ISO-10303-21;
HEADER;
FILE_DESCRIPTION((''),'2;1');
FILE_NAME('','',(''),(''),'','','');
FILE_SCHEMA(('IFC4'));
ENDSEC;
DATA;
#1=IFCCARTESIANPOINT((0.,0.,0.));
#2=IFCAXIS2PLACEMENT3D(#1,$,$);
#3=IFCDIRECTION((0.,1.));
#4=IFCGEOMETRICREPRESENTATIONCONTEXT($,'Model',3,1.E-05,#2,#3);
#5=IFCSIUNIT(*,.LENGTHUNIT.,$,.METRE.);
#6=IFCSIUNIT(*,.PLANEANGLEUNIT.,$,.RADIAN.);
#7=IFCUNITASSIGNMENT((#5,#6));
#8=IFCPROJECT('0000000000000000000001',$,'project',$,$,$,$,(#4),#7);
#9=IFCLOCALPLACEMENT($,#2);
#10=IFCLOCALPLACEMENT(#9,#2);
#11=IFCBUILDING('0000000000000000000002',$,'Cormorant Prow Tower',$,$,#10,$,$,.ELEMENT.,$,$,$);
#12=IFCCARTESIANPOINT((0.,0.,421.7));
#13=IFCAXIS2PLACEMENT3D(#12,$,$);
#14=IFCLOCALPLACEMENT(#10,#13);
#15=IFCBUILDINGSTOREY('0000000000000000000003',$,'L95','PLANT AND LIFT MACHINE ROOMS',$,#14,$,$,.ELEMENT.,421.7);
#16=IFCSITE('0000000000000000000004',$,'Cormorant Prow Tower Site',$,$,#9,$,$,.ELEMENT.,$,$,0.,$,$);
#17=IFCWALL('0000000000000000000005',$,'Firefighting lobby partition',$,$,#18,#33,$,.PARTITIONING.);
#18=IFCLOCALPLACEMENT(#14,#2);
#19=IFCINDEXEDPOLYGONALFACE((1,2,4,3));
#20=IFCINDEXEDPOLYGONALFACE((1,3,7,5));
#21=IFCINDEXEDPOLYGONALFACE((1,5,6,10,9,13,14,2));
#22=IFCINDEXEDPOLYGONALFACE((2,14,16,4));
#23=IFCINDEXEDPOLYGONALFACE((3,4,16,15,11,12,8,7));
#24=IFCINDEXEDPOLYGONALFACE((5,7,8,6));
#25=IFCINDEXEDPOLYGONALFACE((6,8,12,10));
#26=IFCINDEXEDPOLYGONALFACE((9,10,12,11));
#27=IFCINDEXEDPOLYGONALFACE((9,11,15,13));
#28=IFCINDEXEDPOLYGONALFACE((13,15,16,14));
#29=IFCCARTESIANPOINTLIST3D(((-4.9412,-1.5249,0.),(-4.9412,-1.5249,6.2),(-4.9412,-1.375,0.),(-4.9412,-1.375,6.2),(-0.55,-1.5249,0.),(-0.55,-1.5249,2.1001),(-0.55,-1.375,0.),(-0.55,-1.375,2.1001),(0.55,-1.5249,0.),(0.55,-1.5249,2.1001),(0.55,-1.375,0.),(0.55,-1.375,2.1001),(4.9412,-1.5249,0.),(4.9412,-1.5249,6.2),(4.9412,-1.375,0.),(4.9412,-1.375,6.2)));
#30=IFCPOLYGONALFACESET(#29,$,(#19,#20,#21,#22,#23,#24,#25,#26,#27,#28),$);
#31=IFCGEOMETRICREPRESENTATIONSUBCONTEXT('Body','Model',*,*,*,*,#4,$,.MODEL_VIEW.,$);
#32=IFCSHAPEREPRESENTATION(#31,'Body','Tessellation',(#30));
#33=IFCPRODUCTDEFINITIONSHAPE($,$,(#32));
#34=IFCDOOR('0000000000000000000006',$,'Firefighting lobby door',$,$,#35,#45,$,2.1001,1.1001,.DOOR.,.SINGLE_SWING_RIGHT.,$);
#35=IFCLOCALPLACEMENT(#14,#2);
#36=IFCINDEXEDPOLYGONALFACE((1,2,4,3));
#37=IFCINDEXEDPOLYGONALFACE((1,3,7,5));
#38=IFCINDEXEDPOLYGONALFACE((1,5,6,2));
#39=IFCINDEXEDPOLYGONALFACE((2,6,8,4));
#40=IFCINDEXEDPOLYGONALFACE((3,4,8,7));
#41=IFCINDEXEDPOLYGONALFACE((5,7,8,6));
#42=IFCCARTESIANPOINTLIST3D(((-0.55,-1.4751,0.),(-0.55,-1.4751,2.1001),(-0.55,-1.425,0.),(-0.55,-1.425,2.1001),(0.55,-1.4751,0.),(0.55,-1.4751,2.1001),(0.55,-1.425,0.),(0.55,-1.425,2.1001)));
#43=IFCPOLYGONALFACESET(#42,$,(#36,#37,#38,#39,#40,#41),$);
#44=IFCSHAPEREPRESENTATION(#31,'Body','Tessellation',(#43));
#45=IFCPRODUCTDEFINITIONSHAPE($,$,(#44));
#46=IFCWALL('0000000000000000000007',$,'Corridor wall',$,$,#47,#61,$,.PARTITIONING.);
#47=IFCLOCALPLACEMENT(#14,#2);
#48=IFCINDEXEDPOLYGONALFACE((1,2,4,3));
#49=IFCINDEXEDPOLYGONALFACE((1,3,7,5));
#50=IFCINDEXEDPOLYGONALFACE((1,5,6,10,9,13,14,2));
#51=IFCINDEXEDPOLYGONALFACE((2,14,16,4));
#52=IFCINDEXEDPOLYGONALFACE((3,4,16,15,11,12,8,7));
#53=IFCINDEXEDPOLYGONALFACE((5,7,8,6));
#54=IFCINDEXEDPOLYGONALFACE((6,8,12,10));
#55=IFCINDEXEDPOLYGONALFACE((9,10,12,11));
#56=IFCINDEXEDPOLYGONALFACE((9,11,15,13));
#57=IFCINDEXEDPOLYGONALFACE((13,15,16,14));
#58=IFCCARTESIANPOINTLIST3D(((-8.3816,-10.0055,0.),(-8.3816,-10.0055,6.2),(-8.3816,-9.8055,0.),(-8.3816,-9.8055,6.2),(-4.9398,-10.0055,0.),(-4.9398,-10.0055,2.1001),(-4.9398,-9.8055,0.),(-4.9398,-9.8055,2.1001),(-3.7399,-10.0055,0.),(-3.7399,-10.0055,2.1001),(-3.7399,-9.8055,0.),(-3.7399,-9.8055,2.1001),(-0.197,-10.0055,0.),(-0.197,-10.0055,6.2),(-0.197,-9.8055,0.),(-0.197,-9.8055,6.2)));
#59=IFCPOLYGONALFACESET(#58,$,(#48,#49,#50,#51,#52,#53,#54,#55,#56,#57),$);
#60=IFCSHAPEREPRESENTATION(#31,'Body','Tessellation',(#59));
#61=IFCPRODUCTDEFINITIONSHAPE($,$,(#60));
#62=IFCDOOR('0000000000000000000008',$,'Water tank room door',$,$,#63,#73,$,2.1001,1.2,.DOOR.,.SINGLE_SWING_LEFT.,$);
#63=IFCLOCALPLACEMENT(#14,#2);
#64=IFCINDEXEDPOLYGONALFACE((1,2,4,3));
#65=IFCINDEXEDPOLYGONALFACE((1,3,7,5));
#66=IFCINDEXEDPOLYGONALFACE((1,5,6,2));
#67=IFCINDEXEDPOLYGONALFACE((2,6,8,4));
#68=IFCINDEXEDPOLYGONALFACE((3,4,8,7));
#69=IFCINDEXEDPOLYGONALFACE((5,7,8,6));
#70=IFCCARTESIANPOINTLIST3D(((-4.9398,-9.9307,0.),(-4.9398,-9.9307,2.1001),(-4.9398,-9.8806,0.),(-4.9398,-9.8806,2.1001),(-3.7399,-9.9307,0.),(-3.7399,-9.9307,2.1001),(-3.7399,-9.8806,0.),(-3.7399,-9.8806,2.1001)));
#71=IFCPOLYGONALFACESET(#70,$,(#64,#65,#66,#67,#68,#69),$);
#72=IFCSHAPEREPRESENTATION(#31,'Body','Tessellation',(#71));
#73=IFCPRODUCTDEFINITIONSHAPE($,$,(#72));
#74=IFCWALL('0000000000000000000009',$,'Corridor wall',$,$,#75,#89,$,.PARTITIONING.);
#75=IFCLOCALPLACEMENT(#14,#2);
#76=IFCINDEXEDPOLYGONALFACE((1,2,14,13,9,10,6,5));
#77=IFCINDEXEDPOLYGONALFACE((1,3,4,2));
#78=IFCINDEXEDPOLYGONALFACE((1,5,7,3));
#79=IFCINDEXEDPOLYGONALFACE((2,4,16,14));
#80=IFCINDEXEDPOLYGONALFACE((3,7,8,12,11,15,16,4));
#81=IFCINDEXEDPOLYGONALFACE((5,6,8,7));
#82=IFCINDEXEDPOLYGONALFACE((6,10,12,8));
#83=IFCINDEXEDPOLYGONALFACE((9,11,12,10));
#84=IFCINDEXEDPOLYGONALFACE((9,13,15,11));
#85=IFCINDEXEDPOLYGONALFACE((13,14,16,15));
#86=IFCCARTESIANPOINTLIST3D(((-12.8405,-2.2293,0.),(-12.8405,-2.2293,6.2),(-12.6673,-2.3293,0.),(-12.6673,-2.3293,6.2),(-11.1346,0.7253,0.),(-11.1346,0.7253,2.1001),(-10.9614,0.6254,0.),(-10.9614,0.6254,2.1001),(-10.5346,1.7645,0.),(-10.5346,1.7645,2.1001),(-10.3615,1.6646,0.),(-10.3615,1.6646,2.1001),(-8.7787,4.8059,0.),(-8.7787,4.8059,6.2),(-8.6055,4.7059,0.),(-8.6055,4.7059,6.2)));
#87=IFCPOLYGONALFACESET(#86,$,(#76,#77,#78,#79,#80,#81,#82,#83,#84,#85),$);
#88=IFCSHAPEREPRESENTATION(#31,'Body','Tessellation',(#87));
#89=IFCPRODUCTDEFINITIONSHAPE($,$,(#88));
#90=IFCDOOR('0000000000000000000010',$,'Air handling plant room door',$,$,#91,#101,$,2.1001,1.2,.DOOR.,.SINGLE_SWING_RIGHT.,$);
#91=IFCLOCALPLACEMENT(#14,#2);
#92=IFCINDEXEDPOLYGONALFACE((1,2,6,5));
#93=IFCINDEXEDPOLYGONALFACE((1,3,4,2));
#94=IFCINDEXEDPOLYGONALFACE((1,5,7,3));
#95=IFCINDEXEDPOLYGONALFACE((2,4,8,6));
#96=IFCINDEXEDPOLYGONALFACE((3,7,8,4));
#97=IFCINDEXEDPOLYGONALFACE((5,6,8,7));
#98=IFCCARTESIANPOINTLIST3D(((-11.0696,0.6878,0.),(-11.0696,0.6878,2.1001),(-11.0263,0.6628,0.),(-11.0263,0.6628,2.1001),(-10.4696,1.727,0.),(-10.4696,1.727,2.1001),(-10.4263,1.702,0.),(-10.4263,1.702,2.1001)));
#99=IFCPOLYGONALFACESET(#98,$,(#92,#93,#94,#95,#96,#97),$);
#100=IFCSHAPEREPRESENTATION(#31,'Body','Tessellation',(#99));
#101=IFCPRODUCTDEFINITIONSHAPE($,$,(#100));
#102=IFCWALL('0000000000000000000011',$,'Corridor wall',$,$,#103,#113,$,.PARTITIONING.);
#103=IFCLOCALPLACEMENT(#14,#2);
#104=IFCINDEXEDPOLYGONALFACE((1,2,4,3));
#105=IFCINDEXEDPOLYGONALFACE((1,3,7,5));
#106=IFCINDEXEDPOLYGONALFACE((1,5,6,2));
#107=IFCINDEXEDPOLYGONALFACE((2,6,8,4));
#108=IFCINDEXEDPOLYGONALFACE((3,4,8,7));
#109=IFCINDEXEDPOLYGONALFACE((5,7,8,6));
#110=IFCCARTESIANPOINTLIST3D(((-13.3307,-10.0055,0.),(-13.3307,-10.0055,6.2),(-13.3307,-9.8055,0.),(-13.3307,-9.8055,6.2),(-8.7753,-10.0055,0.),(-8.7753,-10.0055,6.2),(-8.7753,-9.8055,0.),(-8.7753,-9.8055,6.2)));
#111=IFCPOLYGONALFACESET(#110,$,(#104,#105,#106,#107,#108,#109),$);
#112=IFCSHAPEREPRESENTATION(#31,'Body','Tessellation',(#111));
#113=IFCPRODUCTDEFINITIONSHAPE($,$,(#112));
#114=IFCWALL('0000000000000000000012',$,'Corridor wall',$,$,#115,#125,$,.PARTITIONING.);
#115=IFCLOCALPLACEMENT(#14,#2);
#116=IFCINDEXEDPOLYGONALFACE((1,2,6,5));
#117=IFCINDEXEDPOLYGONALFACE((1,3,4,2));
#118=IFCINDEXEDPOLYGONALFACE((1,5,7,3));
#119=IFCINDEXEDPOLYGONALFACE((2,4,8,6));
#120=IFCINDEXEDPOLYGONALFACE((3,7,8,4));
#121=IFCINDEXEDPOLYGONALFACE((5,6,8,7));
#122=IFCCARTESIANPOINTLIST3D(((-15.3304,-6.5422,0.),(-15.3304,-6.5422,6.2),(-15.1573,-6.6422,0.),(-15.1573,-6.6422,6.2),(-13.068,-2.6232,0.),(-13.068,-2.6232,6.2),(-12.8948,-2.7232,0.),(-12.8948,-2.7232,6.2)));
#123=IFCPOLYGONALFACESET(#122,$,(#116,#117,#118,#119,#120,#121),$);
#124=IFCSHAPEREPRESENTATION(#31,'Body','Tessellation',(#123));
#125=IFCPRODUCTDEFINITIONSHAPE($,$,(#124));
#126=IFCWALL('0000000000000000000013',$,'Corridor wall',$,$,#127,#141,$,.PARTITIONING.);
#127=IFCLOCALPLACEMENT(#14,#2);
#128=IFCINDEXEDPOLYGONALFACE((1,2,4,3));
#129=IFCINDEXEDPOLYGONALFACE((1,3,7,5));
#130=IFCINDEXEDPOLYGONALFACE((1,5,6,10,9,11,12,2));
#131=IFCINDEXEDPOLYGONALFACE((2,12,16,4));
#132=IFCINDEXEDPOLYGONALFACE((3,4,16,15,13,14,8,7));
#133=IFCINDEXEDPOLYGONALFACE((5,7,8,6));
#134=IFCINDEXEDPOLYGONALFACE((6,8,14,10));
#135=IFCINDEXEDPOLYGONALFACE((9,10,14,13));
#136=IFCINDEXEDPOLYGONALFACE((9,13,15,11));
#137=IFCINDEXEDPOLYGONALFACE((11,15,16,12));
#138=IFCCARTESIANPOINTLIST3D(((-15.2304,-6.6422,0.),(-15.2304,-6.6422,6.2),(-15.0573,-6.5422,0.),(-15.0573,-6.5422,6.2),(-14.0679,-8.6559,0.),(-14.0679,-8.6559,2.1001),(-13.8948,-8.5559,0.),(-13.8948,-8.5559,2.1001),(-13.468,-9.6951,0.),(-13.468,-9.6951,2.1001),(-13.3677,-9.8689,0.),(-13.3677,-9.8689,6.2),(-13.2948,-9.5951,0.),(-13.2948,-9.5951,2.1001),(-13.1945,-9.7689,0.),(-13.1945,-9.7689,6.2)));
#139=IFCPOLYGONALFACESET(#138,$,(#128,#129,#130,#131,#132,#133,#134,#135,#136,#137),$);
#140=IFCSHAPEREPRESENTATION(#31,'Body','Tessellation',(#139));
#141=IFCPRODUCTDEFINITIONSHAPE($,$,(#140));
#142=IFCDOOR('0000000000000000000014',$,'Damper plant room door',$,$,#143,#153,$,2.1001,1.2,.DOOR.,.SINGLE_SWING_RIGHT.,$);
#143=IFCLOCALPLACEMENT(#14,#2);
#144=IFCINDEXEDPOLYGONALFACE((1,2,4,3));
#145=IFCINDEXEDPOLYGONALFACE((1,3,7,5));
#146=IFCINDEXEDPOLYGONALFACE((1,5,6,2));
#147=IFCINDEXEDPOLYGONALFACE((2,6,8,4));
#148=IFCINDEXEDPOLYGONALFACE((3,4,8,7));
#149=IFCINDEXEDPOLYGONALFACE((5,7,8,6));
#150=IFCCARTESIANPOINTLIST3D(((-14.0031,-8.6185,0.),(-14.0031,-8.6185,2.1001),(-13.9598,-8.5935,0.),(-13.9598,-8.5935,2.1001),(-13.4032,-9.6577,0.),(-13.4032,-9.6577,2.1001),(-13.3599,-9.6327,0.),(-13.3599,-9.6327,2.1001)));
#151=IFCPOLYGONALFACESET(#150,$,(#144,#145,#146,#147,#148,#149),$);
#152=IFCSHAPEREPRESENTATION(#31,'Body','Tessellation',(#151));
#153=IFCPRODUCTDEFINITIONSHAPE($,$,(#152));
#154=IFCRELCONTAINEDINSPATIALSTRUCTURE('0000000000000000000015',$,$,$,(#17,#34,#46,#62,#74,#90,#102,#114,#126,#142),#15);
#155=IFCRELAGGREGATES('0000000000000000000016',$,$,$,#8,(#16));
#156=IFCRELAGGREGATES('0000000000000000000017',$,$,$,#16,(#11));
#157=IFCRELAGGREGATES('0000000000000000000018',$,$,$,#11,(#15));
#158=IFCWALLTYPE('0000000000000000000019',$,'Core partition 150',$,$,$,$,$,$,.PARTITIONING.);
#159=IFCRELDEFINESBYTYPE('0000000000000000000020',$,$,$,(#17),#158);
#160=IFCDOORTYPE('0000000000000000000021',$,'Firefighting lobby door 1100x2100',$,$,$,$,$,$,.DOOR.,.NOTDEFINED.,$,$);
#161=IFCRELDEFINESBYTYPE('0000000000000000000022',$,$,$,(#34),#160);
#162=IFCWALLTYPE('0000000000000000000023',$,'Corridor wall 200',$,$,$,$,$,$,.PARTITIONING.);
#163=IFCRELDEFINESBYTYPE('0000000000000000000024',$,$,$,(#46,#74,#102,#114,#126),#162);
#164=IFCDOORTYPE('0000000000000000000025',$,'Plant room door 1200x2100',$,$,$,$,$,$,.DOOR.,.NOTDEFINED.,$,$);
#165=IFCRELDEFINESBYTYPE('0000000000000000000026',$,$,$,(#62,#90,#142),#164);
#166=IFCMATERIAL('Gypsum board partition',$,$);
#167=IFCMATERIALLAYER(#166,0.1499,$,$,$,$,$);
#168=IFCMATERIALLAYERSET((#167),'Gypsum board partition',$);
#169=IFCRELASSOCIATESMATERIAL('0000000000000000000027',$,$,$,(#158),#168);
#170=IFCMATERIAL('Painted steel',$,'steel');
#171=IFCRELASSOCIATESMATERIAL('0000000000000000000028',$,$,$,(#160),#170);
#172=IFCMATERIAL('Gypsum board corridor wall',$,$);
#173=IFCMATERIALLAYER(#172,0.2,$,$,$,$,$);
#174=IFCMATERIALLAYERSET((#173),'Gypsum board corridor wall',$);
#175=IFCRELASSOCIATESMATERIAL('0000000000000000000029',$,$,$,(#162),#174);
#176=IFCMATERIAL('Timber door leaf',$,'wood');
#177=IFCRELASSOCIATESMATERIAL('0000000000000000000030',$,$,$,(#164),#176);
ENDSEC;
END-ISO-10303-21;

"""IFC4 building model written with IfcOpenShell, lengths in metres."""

from ifc_helpers import new_model, si_unit, direction, frame, frame_2d, origin, place, context, subcontext, project, spatial, rectangle, extrude, material, layer, layer_set, type_object, element, fill, save


model = new_model("IFC4")

# Units and contexts
model_context = context("Model", 3, precision=1e-05, world=origin(), true_north=direction((0.0, 1.0)))
body_context = subcontext(model_context, "Body", "Model", "MODEL_VIEW")
ifc_project = project(units=[si_unit("LENGTHUNIT", "METRE"), si_unit("PLANEANGLEUNIT", "RADIAN")], contexts=[model_context])

# Site, building, storey
site_placement = place(None, origin())
site = spatial("IfcSite", under=ifc_project, at=site_placement, Name="Cormorant Prow Tower Site", CompositionType="ELEMENT", RefElevation=0.0)
building_placement = place(site_placement, origin())
building = spatial("IfcBuilding", under=site, at=building_placement, Name="Cormorant Prow Tower", CompositionType="ELEMENT")
storey_placement = place(building_placement, frame((0.0, 0.0, 421.7)))
storey = spatial("IfcBuildingStorey", under=building, at=storey_placement, Name="L95", Description="PLANT AND LIFT MACHINE ROOMS", CompositionType="ELEMENT", Elevation=421.7)

# Walls, openings, doors
ifc_material_1 = material(Name="Gypsum board partition")
ifc_layer_1 = layer(ifc_material_1, 0.1499)
ifc_layer_set_1 = layer_set([ifc_layer_1], Name="Gypsum board partition")
wall_type_1 = type_object("IfcWallType", Name="Core partition 150", PredefinedType="PARTITIONING", material=ifc_layer_set_1)
wall_1_placement = place(storey_placement, frame((-4.9412, -1.45, 0.0), z_axis=(0.0, 0.0, 1.0), x_axis=(1.0, 0.0, 0.0)))
wall_1 = element("IfcWall", 1, at=wall_1_placement, inside=storey, type_object=wall_type_1, Name="Firefighting lobby partition", PredefinedType="PARTITIONING", context=body_context, shape_type="SweptSolid", body=[
    extrude(rectangle(XDim=9.8823, YDim=0.1499, at=frame_2d((4.9412, 0.0))), origin(), (0.0, 0.0, 1.0), 6.2),
])
opening_1_placement = place(wall_1_placement, frame((4.3911, 0.0, 0.0)))
opening_1 = element("IfcOpeningElement", 2, at=opening_1_placement, cuts=wall_1, PredefinedType="OPENING", context=body_context, shape_type="SweptSolid", body=[
    extrude(rectangle(XDim=1.1001, YDim=2.1001, at=frame_2d((0.55, 1.05))), frame((0.0, 0.085, 0.0), z_axis=(0.0, -1.0, 0.0), x_axis=(1.0, 0.0, 0.0)), (0.0, 0.0, 1.0), 0.1699),
])
ifc_material_2 = material(Name="Painted steel", Category="steel")
door_type_1 = type_object("IfcDoorType", Name="Firefighting lobby door 1100x2100", OperationType="NOTDEFINED", PredefinedType="DOOR", material=ifc_material_2)
door_1_placement = place(opening_1_placement, origin())
door_1 = element("IfcDoor", 3, at=door_1_placement, inside=storey, type_object=door_type_1, Name="Firefighting lobby door", OperationType="SINGLE_SWING_RIGHT", OverallHeight=2.1001, OverallWidth=1.1001, PredefinedType="DOOR", context=body_context, shape_type="SweptSolid", body=[
    extrude(rectangle(XDim=1.1001, YDim=2.1001, at=frame_2d((0.55, 1.05))), frame((0.0, 0.0249, 0.0), z_axis=(0.0, -1.0, 0.0), x_axis=(1.0, 0.0, 0.0)), (0.0, 0.0, 1.0), 0.05),
])
fill(opening_1, door_1)
ifc_material_3 = material(Name="Gypsum board corridor wall")
ifc_layer_2 = layer(ifc_material_3, 0.2)
ifc_layer_set_2 = layer_set([ifc_layer_2], Name="Gypsum board corridor wall")
wall_type_2 = type_object("IfcWallType", Name="Corridor wall 200", PredefinedType="PARTITIONING", material=ifc_layer_set_2)
wall_2_placement = place(storey_placement, frame((-8.3816, -9.9055, 0.0), z_axis=(0.0, 0.0, 1.0), x_axis=(1.0, 0.0, 0.0)))
wall_2 = element("IfcWall", 4, at=wall_2_placement, inside=storey, type_object=wall_type_2, Name="Corridor wall", PredefinedType="PARTITIONING", context=body_context, shape_type="SweptSolid", body=[
    extrude(rectangle(XDim=8.1846, YDim=0.2, at=frame_2d((4.0923, 0.0))), origin(), (0.0, 0.0, 1.0), 6.2),
])
opening_2_placement = place(wall_2_placement, frame((3.4417, 0.0, 0.0)))
opening_2 = element("IfcOpeningElement", 5, at=opening_2_placement, cuts=wall_2, PredefinedType="OPENING", context=body_context, shape_type="SweptSolid", body=[
    extrude(rectangle(XDim=1.2, YDim=2.1001, at=frame_2d((0.6001, 1.05))), frame((0.0, 0.1099, 0.0), z_axis=(0.0, -1.0, 0.0), x_axis=(1.0, 0.0, 0.0)), (0.0, 0.0, 1.0), 0.22),
])
ifc_material_4 = material(Name="Timber door leaf", Category="wood")
door_type_2 = type_object("IfcDoorType", Name="Plant room door 1200x2100", OperationType="NOTDEFINED", PredefinedType="DOOR", material=ifc_material_4)
door_2_placement = place(opening_2_placement, origin())
door_2 = element("IfcDoor", 6, at=door_2_placement, inside=storey, type_object=door_type_2, Name="Water tank room door", OperationType="SINGLE_SWING_LEFT", OverallHeight=2.1001, OverallWidth=1.2, PredefinedType="DOOR", context=body_context, shape_type="SweptSolid", body=[
    extrude(rectangle(XDim=1.2, YDim=2.1001, at=frame_2d((0.6001, 1.05))), frame((0.0, 0.0249, 0.0), z_axis=(0.0, -1.0, 0.0), x_axis=(1.0, 0.0, 0.0)), (0.0, 0.0, 1.0), 0.05),
])
fill(opening_2, door_2)
wall_3_placement = place(storey_placement, frame((-12.7539, -2.2793, 0.0), z_axis=(0.0, 0.0, 1.0), x_axis=(0.500002, 0.866024, 0.0)))
wall_3 = element("IfcWall", 7, at=wall_3_placement, inside=storey, type_object=wall_type_2, Name="Corridor wall", PredefinedType="PARTITIONING", context=body_context, shape_type="SweptSolid", body=[
    extrude(rectangle(XDim=8.1235, YDim=0.2, at=frame_2d((4.0618, 0.0))), origin(), (0.0, 0.0, 1.0), 6.2),
])
opening_3_placement = place(wall_3_placement, frame((3.4116, 0.0, 0.0)))
opening_3 = element("IfcOpeningElement", 8, at=opening_3_placement, cuts=wall_3, PredefinedType="OPENING", context=body_context, shape_type="SweptSolid", body=[
    extrude(rectangle(XDim=1.2, YDim=2.1001, at=frame_2d((0.6001, 1.05))), frame((0.0, 0.1099, 0.0), z_axis=(0.0, -1.0, 0.0), x_axis=(1.0, 0.0, 0.0)), (0.0, 0.0, 1.0), 0.22),
])
door_3_placement = place(opening_3_placement, origin())
door_3 = element("IfcDoor", 9, at=door_3_placement, inside=storey, type_object=door_type_2, Name="Air handling plant room door", OperationType="SINGLE_SWING_RIGHT", OverallHeight=2.1001, OverallWidth=1.2, PredefinedType="DOOR", context=body_context, shape_type="SweptSolid", body=[
    extrude(rectangle(XDim=1.2, YDim=2.1001, at=frame_2d((0.6001, 1.05))), frame((0.0, 0.0249, 0.0), z_axis=(0.0, -1.0, 0.0), x_axis=(1.0, 0.0, 0.0)), (0.0, 0.0, 1.0), 0.05),
])
fill(opening_3, door_3)

# Walls
wall_4_placement = place(storey_placement, frame((-13.3308, -9.9055, 0.0), z_axis=(0.0, 0.0, 1.0), x_axis=(1.0, 0.0, 0.0)))
element("IfcWall", 10, at=wall_4_placement, inside=storey, type_object=wall_type_2, Name="Corridor wall", PredefinedType="PARTITIONING", context=body_context, shape_type="SweptSolid", body=[
    extrude(rectangle(XDim=4.5554, YDim=0.2, at=frame_2d((2.2778, 0.0))), origin(), (0.0, 0.0, 1.0), 6.2),
])
wall_5_placement = place(storey_placement, frame((-15.2439, -6.5923, 0.0), z_axis=(0.0, 0.0, 1.0), x_axis=(0.499975, 0.86604, 0.0)))
element("IfcWall", 11, at=wall_5_placement, inside=storey, type_object=wall_type_2, Name="Corridor wall", PredefinedType="PARTITIONING", context=body_context, shape_type="SweptSolid", body=[
    extrude(rectangle(XDim=4.5251, YDim=0.2, at=frame_2d((2.2627, 0.0))), origin(), (0.0, 0.0, 1.0), 6.2),
])

# Wall, opening, door
wall_6_placement = place(storey_placement, frame((-15.1438, -6.5923, 0.0), z_axis=(0.0, 0.0, 1.0), x_axis=(0.499959, -0.866049, 0.0)))
wall_6 = element("IfcWall", 12, at=wall_6_placement, inside=storey, type_object=wall_type_2, Name="Corridor wall", PredefinedType="PARTITIONING", context=body_context, shape_type="SweptSolid", body=[
    extrude(rectangle(XDim=3.7258, YDim=0.2, at=frame_2d((1.8628, 0.0))), origin(), (0.0, 0.0, 1.0), 6.2),
])
opening_4_placement = place(wall_6_placement, frame((2.325, 0.0, 0.0)))
opening_4 = element("IfcOpeningElement", 13, at=opening_4_placement, cuts=wall_6, PredefinedType="OPENING", context=body_context, shape_type="SweptSolid", body=[
    extrude(rectangle(XDim=1.2, YDim=2.1001, at=frame_2d((0.6001, 1.05))), frame((0.0, 0.1099, 0.0), z_axis=(0.0, -1.0, 0.0), x_axis=(1.0, 0.0, 0.0)), (0.0, 0.0, 1.0), 0.22),
])
door_4_placement = place(opening_4_placement, origin())
door_4 = element("IfcDoor", 14, at=door_4_placement, inside=storey, type_object=door_type_2, Name="Damper plant room door", OperationType="SINGLE_SWING_RIGHT", OverallHeight=2.1001, OverallWidth=1.2, PredefinedType="DOOR", context=body_context, shape_type="SweptSolid", body=[
    extrude(rectangle(XDim=1.2, YDim=2.1001, at=frame_2d((0.6001, 1.05))), frame((0.0, 0.0249, 0.0), z_axis=(0.0, -1.0, 0.0), x_axis=(1.0, 0.0, 0.0)), (0.0, 0.0, 1.0), 0.05),
])
fill(opening_4, door_4)

save(model, "model.ifc")
